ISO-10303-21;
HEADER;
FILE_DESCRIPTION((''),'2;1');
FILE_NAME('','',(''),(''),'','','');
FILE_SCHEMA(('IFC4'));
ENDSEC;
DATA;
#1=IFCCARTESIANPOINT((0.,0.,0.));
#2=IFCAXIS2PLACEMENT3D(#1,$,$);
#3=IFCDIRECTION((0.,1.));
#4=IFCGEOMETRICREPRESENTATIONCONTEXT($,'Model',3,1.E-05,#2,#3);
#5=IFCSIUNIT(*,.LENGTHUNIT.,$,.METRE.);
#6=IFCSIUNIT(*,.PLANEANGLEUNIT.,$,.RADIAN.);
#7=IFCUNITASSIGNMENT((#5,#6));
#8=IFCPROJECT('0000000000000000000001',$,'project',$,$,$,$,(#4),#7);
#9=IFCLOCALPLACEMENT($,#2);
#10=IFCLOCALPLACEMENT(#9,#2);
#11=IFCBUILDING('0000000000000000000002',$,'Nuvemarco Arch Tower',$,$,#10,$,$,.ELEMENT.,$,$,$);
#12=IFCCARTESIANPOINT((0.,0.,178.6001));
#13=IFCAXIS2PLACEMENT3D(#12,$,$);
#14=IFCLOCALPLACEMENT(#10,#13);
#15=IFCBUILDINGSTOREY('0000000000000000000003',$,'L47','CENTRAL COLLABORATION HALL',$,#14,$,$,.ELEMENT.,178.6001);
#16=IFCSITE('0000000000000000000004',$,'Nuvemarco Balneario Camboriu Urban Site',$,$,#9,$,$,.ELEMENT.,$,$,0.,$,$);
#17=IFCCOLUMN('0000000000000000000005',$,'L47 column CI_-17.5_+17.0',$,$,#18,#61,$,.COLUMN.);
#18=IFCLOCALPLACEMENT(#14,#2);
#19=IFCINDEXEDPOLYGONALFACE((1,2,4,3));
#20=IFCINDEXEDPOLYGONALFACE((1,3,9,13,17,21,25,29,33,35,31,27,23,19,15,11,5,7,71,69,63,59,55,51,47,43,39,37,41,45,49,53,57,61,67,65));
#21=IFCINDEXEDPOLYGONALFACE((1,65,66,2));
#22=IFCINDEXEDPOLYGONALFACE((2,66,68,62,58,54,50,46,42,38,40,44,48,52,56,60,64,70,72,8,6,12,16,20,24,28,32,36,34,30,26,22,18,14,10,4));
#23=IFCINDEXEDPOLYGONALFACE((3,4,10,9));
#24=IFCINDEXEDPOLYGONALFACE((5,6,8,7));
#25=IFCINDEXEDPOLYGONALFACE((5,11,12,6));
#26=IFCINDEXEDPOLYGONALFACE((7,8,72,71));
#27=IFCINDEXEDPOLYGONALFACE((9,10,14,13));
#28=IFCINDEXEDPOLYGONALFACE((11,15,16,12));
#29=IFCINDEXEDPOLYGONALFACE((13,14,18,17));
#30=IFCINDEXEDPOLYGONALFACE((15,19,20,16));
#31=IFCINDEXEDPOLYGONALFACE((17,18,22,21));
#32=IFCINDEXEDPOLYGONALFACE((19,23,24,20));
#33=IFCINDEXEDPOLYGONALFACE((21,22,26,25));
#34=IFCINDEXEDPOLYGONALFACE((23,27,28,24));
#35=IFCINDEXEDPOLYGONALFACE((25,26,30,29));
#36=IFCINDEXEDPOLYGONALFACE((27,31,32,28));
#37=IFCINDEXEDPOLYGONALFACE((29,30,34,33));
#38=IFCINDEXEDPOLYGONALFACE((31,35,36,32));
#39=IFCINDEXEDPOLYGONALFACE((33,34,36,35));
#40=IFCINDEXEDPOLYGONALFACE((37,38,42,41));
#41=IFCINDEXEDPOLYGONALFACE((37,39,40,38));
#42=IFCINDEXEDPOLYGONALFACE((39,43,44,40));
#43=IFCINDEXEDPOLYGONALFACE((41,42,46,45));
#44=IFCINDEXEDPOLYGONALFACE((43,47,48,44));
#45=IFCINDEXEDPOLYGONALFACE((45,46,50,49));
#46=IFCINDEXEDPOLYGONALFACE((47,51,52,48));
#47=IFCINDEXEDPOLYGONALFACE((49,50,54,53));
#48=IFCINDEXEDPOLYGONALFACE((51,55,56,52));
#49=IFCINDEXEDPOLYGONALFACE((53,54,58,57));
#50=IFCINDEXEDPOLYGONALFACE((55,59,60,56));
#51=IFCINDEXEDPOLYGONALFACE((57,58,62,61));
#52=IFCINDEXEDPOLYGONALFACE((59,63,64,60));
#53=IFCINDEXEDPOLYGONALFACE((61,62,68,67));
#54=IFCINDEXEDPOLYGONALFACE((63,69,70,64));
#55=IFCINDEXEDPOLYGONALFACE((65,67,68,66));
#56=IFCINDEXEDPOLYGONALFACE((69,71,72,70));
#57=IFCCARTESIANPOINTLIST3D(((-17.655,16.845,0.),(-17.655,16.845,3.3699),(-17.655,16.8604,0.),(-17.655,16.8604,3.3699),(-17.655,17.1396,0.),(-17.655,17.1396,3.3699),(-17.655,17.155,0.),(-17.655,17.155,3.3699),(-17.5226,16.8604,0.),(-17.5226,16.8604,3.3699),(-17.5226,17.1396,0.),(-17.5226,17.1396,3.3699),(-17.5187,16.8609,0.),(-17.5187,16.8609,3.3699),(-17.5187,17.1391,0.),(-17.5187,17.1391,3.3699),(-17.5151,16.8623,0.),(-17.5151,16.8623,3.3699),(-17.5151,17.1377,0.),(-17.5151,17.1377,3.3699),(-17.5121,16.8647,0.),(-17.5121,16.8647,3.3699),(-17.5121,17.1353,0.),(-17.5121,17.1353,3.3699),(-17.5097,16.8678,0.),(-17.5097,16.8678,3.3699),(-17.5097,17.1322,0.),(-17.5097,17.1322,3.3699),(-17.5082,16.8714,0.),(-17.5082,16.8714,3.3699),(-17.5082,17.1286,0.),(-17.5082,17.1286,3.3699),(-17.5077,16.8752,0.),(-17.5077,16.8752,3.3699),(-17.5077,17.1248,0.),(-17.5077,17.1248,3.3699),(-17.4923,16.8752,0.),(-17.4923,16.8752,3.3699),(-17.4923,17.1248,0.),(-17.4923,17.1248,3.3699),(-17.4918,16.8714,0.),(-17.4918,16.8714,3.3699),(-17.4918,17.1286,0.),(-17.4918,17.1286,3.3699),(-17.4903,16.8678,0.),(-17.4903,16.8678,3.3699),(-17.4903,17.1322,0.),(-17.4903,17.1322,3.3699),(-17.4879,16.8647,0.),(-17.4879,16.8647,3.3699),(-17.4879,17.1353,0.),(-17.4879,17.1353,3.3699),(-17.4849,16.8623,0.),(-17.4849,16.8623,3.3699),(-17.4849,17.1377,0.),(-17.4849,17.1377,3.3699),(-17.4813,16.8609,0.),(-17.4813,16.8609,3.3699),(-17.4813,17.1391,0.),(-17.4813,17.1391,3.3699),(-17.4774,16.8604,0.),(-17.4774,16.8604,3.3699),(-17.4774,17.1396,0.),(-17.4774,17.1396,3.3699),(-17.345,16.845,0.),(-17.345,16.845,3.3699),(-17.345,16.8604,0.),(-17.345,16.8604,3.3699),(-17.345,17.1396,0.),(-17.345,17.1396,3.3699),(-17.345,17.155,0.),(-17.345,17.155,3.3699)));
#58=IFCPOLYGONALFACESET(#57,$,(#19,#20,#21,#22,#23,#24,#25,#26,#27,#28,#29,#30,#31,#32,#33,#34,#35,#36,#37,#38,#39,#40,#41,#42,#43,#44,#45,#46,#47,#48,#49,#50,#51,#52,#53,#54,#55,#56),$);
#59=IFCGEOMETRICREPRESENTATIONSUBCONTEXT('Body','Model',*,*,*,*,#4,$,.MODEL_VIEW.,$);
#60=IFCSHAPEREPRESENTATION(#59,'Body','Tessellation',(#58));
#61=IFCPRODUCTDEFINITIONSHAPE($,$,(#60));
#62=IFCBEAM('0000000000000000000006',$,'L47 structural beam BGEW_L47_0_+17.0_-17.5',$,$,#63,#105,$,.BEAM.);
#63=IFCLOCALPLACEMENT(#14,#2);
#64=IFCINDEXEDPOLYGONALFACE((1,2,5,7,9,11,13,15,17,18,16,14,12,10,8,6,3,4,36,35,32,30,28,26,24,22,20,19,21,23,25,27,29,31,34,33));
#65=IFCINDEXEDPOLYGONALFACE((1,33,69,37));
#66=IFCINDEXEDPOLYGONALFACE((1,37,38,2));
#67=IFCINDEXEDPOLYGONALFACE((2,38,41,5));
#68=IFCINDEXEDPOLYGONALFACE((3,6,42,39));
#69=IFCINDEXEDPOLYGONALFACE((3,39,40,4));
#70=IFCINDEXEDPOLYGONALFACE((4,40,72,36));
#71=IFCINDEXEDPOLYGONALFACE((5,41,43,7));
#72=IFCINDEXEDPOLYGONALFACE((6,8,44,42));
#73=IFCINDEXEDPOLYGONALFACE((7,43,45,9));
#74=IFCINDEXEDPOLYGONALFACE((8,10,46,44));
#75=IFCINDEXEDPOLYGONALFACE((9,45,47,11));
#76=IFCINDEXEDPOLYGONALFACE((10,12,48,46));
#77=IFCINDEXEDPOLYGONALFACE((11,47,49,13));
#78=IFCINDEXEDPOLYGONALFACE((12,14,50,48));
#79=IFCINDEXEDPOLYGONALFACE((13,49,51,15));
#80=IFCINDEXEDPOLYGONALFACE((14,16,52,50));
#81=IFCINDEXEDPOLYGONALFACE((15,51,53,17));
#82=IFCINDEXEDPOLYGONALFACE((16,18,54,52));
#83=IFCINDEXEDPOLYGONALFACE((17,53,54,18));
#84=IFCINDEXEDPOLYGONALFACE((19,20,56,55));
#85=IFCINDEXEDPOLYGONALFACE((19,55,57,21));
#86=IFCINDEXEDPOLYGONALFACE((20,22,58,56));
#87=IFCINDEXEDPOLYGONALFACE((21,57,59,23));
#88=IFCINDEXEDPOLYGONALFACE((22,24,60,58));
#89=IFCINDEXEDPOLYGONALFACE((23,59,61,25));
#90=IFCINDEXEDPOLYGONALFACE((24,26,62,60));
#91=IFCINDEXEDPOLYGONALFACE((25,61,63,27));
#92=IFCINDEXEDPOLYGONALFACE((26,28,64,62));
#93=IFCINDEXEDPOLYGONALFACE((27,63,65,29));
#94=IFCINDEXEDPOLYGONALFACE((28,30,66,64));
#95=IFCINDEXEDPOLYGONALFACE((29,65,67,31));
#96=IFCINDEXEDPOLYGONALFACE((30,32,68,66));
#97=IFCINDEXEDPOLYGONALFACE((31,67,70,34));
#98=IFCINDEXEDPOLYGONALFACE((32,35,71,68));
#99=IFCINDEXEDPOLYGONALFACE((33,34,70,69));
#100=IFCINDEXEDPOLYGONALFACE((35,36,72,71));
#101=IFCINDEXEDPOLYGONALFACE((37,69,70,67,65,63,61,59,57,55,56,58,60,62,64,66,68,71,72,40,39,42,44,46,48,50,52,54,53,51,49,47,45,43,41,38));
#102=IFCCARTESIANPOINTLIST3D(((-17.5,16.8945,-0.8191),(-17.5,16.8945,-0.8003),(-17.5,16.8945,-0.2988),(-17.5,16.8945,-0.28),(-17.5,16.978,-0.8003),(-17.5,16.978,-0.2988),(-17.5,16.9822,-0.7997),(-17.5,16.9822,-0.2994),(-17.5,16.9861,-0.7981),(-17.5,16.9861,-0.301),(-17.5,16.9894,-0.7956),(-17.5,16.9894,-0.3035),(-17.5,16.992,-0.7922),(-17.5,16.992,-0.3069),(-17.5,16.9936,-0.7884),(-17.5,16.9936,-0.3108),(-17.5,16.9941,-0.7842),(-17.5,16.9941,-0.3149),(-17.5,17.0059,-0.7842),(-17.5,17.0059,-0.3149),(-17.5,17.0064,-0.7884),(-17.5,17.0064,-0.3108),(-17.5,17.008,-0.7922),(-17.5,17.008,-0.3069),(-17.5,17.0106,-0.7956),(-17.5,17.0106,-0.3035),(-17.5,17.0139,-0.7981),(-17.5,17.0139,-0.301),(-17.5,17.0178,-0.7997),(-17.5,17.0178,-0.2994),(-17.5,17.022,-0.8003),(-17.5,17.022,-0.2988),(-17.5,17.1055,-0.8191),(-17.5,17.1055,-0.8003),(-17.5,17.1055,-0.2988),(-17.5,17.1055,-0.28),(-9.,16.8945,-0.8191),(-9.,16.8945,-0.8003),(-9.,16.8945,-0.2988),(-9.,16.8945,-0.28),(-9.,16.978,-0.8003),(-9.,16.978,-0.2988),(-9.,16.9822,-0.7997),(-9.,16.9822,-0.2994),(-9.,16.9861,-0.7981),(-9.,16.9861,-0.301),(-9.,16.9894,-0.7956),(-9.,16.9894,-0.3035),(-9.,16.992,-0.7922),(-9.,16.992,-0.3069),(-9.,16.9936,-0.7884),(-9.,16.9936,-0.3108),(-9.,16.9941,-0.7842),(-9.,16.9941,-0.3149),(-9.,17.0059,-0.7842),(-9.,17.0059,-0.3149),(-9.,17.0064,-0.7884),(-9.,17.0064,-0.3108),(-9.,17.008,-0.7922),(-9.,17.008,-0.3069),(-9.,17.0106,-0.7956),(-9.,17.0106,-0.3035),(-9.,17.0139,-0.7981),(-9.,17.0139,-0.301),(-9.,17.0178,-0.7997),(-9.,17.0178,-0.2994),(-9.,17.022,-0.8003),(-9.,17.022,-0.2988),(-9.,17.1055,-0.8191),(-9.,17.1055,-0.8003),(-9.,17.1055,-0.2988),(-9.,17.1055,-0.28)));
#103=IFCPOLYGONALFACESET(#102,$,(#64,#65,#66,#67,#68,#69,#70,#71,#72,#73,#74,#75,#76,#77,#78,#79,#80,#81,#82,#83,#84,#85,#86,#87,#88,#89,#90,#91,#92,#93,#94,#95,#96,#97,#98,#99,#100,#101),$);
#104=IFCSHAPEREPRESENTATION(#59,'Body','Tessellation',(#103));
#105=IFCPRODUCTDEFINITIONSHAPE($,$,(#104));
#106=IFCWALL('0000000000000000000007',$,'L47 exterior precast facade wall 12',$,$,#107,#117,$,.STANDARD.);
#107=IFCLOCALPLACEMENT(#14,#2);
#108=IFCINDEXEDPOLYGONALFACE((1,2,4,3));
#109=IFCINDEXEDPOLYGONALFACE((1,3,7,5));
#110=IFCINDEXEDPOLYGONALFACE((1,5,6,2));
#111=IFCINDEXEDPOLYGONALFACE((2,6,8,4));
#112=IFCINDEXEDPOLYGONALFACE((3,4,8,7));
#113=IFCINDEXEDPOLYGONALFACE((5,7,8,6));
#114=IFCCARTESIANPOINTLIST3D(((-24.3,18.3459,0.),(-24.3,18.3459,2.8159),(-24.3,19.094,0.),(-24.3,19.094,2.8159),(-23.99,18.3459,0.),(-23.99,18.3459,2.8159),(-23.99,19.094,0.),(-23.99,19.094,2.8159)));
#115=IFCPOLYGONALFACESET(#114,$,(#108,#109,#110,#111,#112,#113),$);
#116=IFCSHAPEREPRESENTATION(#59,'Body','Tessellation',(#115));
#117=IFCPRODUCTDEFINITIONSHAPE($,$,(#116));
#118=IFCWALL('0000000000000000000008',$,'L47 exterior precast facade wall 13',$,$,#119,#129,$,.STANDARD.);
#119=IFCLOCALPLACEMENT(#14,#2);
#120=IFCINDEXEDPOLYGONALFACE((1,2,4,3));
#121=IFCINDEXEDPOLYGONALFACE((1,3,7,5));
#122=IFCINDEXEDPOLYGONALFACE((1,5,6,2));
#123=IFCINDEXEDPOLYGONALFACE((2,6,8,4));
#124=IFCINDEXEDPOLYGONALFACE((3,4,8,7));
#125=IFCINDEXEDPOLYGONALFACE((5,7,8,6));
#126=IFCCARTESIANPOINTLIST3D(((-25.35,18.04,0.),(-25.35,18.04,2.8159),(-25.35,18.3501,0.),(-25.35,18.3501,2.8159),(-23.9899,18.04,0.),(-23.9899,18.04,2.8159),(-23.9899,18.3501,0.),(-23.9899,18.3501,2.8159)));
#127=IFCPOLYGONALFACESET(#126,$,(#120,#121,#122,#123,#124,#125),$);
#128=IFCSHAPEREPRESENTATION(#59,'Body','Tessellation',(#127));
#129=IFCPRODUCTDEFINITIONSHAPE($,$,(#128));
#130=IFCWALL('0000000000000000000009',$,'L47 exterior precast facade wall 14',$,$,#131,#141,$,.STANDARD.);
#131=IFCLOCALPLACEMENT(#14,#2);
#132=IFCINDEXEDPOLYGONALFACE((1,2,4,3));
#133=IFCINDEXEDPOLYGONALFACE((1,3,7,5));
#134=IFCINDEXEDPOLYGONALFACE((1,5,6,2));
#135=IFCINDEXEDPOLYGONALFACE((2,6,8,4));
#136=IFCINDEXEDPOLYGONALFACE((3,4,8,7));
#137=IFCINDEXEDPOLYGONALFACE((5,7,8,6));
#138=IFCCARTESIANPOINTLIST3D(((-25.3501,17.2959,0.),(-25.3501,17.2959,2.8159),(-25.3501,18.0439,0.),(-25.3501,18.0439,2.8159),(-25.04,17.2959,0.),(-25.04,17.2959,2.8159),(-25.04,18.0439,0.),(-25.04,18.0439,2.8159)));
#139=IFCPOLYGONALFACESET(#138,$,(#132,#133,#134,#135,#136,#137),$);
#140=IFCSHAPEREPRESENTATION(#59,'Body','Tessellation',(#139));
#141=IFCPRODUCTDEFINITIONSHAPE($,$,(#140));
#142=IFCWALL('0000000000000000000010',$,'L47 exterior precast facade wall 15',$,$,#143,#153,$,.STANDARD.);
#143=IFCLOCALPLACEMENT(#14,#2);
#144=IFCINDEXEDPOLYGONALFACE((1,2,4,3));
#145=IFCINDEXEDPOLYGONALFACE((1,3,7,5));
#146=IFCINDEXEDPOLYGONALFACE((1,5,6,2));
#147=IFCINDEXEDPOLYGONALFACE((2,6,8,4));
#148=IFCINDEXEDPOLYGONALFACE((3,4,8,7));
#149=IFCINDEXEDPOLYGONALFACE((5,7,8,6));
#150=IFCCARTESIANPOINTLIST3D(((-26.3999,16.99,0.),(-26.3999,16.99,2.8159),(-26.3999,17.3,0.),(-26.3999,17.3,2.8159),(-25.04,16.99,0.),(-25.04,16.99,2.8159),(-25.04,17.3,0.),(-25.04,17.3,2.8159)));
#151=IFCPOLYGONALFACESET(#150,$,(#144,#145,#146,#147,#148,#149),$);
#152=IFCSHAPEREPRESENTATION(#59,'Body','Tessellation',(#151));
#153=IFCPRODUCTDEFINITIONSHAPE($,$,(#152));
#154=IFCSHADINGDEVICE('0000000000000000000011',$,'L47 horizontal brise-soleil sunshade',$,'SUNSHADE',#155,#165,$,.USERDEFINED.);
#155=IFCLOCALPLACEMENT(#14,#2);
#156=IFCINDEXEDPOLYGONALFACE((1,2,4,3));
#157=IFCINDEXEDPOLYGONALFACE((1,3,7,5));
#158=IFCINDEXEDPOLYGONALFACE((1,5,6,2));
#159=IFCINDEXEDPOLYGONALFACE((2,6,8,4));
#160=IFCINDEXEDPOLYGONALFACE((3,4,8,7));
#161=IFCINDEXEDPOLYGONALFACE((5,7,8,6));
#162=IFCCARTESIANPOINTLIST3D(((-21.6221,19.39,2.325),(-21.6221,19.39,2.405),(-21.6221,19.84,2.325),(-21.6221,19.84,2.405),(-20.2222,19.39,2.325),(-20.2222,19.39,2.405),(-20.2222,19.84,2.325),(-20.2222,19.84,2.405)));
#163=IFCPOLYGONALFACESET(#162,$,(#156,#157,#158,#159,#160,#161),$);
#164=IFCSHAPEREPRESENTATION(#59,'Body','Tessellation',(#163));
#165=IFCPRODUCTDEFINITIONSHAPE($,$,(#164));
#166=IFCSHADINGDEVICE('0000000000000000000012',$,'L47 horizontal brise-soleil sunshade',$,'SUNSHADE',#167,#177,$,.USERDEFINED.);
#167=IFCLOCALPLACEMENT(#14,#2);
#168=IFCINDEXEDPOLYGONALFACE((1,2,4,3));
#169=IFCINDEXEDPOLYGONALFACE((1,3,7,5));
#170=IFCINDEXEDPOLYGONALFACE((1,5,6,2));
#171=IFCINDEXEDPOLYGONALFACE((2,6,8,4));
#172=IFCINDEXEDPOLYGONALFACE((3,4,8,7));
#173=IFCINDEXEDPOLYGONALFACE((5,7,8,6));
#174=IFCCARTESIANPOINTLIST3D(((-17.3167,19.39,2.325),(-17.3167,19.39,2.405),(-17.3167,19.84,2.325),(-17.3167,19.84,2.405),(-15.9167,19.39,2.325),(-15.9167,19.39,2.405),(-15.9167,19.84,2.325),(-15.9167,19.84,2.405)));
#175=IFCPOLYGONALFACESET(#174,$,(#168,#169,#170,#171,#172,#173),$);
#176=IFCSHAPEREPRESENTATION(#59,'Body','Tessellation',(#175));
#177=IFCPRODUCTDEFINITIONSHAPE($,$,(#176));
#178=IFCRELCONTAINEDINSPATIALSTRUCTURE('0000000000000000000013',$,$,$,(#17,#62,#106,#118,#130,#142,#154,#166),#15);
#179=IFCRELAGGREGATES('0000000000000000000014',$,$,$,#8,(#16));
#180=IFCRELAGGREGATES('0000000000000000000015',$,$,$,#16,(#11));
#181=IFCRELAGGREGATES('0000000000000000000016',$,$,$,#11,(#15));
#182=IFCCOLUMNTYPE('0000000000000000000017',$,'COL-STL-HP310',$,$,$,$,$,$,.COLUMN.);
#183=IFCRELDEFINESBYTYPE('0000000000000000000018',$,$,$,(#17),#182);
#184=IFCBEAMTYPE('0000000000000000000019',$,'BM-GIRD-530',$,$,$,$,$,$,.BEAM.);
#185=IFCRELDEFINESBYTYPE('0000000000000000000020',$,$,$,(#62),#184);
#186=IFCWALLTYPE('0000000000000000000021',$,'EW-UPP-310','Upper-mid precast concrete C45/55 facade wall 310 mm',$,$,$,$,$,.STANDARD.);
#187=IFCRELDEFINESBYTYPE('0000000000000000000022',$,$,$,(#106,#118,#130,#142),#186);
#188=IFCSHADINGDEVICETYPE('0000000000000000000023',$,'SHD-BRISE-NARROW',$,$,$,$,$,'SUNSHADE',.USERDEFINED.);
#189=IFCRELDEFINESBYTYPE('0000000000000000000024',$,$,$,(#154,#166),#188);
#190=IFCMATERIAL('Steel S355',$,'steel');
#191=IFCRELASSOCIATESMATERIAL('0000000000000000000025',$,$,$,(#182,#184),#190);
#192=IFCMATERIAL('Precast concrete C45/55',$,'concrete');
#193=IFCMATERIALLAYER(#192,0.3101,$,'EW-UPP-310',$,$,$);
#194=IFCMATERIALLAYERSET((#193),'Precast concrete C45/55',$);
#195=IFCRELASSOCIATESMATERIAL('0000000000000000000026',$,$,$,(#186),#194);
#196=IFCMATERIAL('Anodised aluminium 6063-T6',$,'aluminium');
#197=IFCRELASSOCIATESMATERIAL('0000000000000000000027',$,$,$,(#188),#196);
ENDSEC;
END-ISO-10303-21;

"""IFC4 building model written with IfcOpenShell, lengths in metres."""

from ifc_helpers import new_model, si_unit, direction, frame, frame_2d, origin, origin_2d, place, context, subcontext, project, spatial, rectangle, i_section, extrude, source, transform, mapped, material, layer, layer_set, material_profile, profile_set, type_object, type_shapes, element, save


model = new_model("IFC4")

# Units and contexts
model_context = context("Model", 3, precision=1e-05, world=origin(), true_north=direction((0.0, 1.0)))
body_context = subcontext(model_context, "Body", "Model", "MODEL_VIEW")
ifc_project = project(units=[si_unit("LENGTHUNIT", "METRE"), si_unit("PLANEANGLEUNIT", "RADIAN")], contexts=[model_context])

# Site, building, storey
site_placement = place(None, origin())
site = spatial("IfcSite", under=ifc_project, at=site_placement, Name="Nuvemarco Balneario Camboriu Urban Site", CompositionType="ELEMENT", RefElevation=0.0)
building_placement = place(site_placement, origin())
building = spatial("IfcBuilding", under=site, at=building_placement, Name="Nuvemarco Arch Tower", CompositionType="ELEMENT")
storey_placement = place(building_placement, frame((0.0, 0.0, 178.6001)))
storey = spatial("IfcBuildingStorey", under=building, at=storey_placement, Name="L47", Description="CENTRAL COLLABORATION HALL", CompositionType="ELEMENT", Elevation=178.6001)

# Column
ifc_material_1 = material(Name="Steel S355", Category="steel")
ifc_material_profile_1 = material_profile(ifc_material_1, i_section(OverallWidth=0.3101, OverallDepth=0.3101, WebThickness=0.0154, FlangeThickness=0.0154, FilletRadius=0.0149, at=origin_2d()), Name="HP310x110")
ifc_profile_set_1 = profile_set([ifc_material_profile_1], Name="Steel S355")
column_type = type_object("IfcColumnType", Name="COL-STL-HP310", PredefinedType="COLUMN", material=ifc_profile_set_1)
column_placement = place(storey_placement, frame((-17.5, 17.0, 0.0), z_axis=(0.0, 0.0, 1.0), x_axis=(1.0, 0.0, 0.0)))
element("IfcColumn", 1, at=column_placement, inside=storey, type_object=column_type, Name="L47 column CI_-17.5_+17.0", PredefinedType="COLUMN", context=body_context, shape_type="SweptSolid", body=[
    extrude(i_section(OverallWidth=0.3101, OverallDepth=0.3101, WebThickness=0.0154, FlangeThickness=0.0154, FilletRadius=0.0149, at=origin_2d()), origin(), (0.0, 0.0, 1.0), 3.3699),
])

# Beam
ifc_material_profile_2 = material_profile(ifc_material_1, i_section(OverallWidth=0.2109, OverallDepth=0.5391, WebThickness=0.0117, FlangeThickness=0.0188, FilletRadius=0.0161, at=origin_2d()), Name="W530x109")
ifc_profile_set_2 = profile_set([ifc_material_profile_2], Name="Steel S355")
beam_type = type_object("IfcBeamType", Name="BM-GIRD-530", PredefinedType="BEAM", material=ifc_profile_set_2)
beam_placement = place(storey_placement, frame((-17.5, 17.0, -0.5496), z_axis=(1.0, 0.0, 0.0), x_axis=(0.0, 1.0, 0.0)))
element("IfcBeam", 2, at=beam_placement, inside=storey, type_object=beam_type, Name="L47 structural beam BGEW_L47_0_+17.0_-17.5", PredefinedType="BEAM", context=body_context, shape_type="SweptSolid", body=[
    extrude(i_section(OverallWidth=0.2109, OverallDepth=0.5391, WebThickness=0.0117, FlangeThickness=0.0188, FilletRadius=0.0161, at=origin_2d()), origin(), (0.0, 0.0, 1.0), 8.5),
])

# Shared definitions
ifc_material_2 = material(Name="Precast concrete C45/55", Category="concrete")
ifc_layer = layer(ifc_material_2, 0.3101, Name="EW-UPP-310")
ifc_layer_set = layer_set([ifc_layer], Name="Precast concrete C45/55")
wall_type = type_object("IfcWallType", Name="EW-UPP-310", Description="Upper-mid precast concrete C45/55 facade wall 310 mm", PredefinedType="STANDARD", material=ifc_layer_set)

# Walls
wall_1_placement = place(storey_placement, frame((-24.145, 18.3459, 0.0), z_axis=(0.0, 0.0, 1.0), x_axis=(0.0, 1.0, 0.0)))
element("IfcWall", 3, at=wall_1_placement, inside=storey, type_object=wall_type, Name="L47 exterior precast facade wall 12", PredefinedType="STANDARD", context=body_context, shape_type="SweptSolid", body=[
    extrude(rectangle(XDim=0.748, YDim=0.3101, at=frame_2d((0.374, 0.0))), origin(), (0.0, 0.0, 1.0), 2.8159),
])
wall_2_placement = place(storey_placement, frame((-25.3501, 18.1951, 0.0), z_axis=(0.0, 0.0, 1.0), x_axis=(1.0, 0.0, 0.0)))
element("IfcWall", 4, at=wall_2_placement, inside=storey, type_object=wall_type, Name="L47 exterior precast facade wall 13", PredefinedType="STANDARD", context=body_context, shape_type="SweptSolid", body=[
    extrude(rectangle(XDim=1.3601, YDim=0.3101, at=frame_2d((0.6802, 0.0))), origin(), (0.0, 0.0, 1.0), 2.8159),
])
wall_3_placement = place(storey_placement, frame((-25.1951, 17.2959, 0.0), z_axis=(0.0, 0.0, 1.0), x_axis=(0.0, 1.0, 0.0)))
element("IfcWall", 5, at=wall_3_placement, inside=storey, type_object=wall_type, Name="L47 exterior precast facade wall 14", PredefinedType="STANDARD", context=body_context, shape_type="SweptSolid", body=[
    extrude(rectangle(XDim=0.748, YDim=0.3101, at=frame_2d((0.374, 0.0))), origin(), (0.0, 0.0, 1.0), 2.8159),
])
wall_4_placement = place(storey_placement, frame((-26.3999, 17.145, 0.0), z_axis=(0.0, 0.0, 1.0), x_axis=(1.0, 0.0, 0.0)))
element("IfcWall", 6, at=wall_4_placement, inside=storey, type_object=wall_type, Name="L47 exterior precast facade wall 15", PredefinedType="STANDARD", context=body_context, shape_type="SweptSolid", body=[
    extrude(rectangle(XDim=1.3599, YDim=0.3101, at=frame_2d((0.6799, 0.0))), origin(), (0.0, 0.0, 1.0), 2.8159),
])

# Shading devices
ifc_material_3 = material(Name="Anodised aluminium 6063-T6", Category="aluminium")
shading_device_type = type_object("IfcShadingDeviceType", Name="SHD-BRISE-NARROW", ElementType="SUNSHADE", PredefinedType="USERDEFINED", material=ifc_material_3)
shared_shape_1 = source(origin(), body_context, "Body", "SweptSolid", [
    extrude(rectangle(XDim=1.3999, YDim=0.45, at=origin_2d()), origin(), (0.0, 0.0, 1.0), 0.0801),
])
type_shapes(shading_device_type, [shared_shape_1])
for number, where, z_axis, x_axis, name in (
    (7, (-20.9221, 19.615, 2.325), (0.0, 0.0, 1.0), (1.0, 0.0, 0.0), "L47 horizontal brise-soleil sunshade"),
    (8, (-16.6167, 19.615, 2.325), (0.0, 0.0, 1.0), (1.0, 0.0, 0.0), "L47 horizontal brise-soleil sunshade"),
):
    element("IfcShadingDevice", number, at=place(storey_placement, frame(where, z_axis=z_axis, x_axis=x_axis)), inside=storey, type_object=shading_device_type, Name=name, ObjectType="SUNSHADE", PredefinedType="USERDEFINED", context=body_context, shape_type="MappedRepresentation", body=[
        mapped(shared_shape_1, transform((0.0, 0.0, 0.0), scale=1.0)),
    ])

save(model, "model.ifc")
